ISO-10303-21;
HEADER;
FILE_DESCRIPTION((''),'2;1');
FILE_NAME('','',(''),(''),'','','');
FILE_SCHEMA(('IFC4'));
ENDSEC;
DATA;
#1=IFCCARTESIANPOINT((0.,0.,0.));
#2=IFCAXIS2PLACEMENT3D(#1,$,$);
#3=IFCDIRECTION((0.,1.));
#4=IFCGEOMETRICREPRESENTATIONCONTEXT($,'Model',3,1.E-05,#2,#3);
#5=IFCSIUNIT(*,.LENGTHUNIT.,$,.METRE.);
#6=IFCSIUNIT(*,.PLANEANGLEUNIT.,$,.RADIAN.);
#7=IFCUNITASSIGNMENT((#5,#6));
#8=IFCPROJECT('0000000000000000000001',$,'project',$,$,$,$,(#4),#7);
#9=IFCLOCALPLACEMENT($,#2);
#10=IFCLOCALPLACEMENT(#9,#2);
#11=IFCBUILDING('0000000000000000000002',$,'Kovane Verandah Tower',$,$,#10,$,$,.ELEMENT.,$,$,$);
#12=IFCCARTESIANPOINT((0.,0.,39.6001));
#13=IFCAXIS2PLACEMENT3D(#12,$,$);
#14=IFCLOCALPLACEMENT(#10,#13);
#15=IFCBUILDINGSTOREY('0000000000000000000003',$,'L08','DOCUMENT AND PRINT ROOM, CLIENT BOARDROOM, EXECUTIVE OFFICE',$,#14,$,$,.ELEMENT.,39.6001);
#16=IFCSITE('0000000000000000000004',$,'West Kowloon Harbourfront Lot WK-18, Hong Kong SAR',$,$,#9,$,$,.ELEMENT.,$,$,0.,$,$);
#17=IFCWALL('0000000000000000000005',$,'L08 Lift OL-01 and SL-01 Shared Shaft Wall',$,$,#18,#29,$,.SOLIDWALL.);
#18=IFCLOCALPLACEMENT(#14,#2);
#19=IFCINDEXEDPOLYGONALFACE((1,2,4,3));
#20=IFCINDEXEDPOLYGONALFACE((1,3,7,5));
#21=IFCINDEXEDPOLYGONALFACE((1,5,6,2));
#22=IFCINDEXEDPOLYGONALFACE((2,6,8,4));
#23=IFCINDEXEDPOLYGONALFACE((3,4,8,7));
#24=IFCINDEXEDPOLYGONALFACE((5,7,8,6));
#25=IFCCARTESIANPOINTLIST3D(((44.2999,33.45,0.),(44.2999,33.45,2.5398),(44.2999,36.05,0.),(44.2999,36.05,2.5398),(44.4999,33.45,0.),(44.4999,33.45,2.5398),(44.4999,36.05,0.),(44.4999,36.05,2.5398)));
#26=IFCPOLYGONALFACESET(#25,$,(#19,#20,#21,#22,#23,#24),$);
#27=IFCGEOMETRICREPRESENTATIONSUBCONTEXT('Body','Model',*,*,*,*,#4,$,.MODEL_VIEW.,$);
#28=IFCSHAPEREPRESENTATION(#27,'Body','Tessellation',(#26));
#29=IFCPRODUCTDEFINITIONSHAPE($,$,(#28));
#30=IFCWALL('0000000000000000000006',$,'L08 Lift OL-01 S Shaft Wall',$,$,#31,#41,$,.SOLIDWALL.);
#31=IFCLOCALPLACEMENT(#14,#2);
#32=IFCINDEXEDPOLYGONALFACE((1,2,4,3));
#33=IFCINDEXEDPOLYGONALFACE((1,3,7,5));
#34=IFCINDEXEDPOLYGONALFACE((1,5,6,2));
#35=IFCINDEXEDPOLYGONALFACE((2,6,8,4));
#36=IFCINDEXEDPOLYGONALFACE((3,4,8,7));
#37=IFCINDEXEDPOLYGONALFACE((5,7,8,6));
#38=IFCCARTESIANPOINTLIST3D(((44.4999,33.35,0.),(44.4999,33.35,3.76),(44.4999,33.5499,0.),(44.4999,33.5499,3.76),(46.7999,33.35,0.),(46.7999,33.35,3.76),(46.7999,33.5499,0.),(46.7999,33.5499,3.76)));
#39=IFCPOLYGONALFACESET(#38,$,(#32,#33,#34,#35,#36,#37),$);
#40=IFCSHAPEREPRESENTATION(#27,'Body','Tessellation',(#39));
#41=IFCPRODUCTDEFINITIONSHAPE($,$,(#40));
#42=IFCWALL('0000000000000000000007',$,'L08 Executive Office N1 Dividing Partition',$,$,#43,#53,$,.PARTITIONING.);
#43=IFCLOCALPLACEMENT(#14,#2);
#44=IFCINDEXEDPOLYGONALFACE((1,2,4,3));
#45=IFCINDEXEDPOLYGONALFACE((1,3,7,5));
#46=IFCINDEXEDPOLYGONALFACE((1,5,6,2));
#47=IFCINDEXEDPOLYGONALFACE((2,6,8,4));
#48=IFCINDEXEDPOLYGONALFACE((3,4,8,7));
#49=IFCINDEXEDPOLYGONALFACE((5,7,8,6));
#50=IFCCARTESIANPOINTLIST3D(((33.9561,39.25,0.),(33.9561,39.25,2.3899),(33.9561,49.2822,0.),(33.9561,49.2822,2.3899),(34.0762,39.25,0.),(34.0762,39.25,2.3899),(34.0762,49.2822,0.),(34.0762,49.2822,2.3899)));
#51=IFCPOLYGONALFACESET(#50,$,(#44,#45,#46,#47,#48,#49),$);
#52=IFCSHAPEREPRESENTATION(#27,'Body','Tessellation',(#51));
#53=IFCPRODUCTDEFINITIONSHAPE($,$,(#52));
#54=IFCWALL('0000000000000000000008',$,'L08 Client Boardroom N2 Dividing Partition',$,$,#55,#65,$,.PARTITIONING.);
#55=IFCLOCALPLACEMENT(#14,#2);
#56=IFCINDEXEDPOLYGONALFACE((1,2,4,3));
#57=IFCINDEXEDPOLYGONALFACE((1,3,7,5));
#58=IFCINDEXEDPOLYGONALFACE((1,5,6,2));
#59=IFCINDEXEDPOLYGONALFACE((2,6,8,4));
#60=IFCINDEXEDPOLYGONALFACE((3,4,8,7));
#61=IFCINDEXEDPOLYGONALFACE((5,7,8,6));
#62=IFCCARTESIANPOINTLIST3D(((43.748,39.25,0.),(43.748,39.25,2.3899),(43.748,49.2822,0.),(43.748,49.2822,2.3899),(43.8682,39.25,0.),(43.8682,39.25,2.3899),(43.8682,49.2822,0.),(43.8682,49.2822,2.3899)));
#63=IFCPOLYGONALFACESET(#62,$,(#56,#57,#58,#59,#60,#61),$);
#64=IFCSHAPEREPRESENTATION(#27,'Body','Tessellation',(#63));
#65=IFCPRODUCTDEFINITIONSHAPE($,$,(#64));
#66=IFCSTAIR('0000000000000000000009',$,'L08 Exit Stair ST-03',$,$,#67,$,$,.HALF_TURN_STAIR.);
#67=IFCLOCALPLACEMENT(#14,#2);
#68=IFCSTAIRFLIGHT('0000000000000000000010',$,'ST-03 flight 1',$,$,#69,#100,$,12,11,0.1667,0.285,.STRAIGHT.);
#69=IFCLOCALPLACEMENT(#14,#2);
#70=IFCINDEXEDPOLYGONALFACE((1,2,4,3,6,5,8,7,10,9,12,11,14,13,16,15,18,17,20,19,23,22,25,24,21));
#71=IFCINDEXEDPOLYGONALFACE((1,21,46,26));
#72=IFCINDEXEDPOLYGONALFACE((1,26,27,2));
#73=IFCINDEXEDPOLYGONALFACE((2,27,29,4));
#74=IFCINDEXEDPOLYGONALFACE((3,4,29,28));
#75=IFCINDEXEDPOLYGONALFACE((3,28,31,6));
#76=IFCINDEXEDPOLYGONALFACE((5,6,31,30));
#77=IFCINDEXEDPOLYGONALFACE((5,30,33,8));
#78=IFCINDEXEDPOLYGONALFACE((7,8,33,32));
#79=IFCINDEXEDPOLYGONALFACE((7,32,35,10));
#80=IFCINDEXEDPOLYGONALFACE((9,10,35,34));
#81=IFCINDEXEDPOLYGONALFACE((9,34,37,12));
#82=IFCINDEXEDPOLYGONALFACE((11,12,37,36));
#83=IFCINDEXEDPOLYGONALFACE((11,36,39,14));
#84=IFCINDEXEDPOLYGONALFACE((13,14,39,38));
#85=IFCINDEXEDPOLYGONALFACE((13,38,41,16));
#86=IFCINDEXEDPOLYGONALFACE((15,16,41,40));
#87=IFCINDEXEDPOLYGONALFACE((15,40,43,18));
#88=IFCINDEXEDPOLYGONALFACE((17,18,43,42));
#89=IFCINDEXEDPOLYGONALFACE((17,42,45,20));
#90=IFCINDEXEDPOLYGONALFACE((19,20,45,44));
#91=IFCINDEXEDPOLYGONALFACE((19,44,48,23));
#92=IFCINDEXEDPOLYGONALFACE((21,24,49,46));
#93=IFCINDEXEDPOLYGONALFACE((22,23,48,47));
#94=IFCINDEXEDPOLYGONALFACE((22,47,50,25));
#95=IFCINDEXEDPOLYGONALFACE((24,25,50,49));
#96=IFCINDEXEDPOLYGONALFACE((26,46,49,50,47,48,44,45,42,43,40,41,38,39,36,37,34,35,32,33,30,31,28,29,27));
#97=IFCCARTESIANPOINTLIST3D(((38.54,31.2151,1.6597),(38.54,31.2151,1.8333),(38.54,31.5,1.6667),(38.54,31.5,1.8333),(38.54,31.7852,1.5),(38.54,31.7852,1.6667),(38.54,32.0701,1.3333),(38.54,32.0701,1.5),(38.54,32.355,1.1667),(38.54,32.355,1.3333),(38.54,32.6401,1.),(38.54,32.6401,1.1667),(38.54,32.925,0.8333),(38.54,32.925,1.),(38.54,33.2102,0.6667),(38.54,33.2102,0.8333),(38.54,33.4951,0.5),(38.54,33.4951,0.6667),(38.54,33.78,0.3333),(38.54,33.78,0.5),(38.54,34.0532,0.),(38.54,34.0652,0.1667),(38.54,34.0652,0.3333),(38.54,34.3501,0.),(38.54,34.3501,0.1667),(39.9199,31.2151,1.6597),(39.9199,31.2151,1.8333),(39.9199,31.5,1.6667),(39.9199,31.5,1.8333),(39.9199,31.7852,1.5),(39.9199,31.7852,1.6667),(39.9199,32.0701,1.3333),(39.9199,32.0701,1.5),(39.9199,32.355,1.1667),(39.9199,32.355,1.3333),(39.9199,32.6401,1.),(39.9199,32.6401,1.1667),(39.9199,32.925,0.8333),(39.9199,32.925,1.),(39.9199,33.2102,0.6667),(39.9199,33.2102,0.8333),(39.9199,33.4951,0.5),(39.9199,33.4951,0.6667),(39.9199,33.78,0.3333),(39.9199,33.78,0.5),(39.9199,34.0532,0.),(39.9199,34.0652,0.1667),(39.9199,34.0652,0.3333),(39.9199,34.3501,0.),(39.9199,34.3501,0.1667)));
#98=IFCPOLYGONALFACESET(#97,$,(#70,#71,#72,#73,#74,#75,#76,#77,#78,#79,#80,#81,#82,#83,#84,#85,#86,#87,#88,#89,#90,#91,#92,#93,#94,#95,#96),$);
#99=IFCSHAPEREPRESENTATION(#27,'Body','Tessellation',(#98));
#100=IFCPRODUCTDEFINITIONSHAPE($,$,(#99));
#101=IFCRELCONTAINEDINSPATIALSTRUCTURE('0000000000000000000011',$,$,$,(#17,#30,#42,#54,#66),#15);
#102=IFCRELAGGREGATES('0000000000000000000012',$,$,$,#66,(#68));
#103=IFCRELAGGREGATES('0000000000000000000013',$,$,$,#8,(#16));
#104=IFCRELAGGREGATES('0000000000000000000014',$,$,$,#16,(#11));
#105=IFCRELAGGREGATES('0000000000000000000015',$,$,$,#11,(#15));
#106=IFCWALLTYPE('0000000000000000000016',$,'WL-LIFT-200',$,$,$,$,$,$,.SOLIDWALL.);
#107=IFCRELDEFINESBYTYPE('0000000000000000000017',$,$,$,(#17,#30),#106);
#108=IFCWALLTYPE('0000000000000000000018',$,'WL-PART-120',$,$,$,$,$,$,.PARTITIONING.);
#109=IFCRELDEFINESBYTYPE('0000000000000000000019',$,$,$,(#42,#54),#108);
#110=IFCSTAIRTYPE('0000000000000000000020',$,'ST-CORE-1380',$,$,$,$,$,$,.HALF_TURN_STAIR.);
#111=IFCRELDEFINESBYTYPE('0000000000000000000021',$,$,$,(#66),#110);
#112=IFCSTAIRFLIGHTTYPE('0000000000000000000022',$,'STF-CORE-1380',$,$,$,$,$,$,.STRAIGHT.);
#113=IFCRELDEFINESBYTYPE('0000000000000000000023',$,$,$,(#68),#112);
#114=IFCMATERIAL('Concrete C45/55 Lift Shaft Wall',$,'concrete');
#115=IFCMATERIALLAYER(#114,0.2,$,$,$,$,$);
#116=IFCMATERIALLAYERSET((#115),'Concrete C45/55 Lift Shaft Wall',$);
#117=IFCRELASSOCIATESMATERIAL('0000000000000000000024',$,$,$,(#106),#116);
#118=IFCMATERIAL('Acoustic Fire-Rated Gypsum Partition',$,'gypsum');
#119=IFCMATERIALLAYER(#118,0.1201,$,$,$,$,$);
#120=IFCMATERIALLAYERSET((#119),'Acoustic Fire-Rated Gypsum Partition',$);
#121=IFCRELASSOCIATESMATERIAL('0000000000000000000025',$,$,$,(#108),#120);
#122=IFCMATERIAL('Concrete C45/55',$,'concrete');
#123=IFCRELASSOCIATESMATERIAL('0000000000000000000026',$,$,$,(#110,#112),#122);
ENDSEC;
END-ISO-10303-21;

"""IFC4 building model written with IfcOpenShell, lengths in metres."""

from ifc_helpers import new_model, si_unit, direction, frame, frame_2d, origin, place, context, subcontext, project, spatial, polyline, rectangle, outline, extrude, material, layer, layer_set, type_object, element, aggregate, save


model = new_model("IFC4")

# Units and contexts
model_context = context("Model", 3, precision=1e-05, world=origin(), true_north=direction((0.0, 1.0)))
body_context = subcontext(model_context, "Body", "Model", "MODEL_VIEW")
ifc_project = project(units=[si_unit("LENGTHUNIT", "METRE"), si_unit("PLANEANGLEUNIT", "RADIAN")], contexts=[model_context])

# Site, building, storey
site_placement = place(None, origin())
site = spatial("IfcSite", under=ifc_project, at=site_placement, Name="West Kowloon Harbourfront Lot WK-18, Hong Kong SAR", CompositionType="ELEMENT", RefElevation=0.0)
building_placement = place(site_placement, origin())
building = spatial("IfcBuilding", under=site, at=building_placement, Name="Kovane Verandah Tower", CompositionType="ELEMENT")
storey_placement = place(building_placement, frame((0.0, 0.0, 39.6001)))
storey = spatial("IfcBuildingStorey", under=building, at=storey_placement, Name="L08", Description="DOCUMENT AND PRINT ROOM, CLIENT BOARDROOM, EXECUTIVE OFFICE", CompositionType="ELEMENT", Elevation=39.6001)

# Walls
ifc_material_1 = material(Name="Concrete C45/55 Lift Shaft Wall", Category="concrete")
ifc_layer_1 = layer(ifc_material_1, 0.2)
ifc_layer_set_1 = layer_set([ifc_layer_1], Name="Concrete C45/55 Lift Shaft Wall")
wall_type_1 = type_object("IfcWallType", Name="WL-LIFT-200", PredefinedType="SOLIDWALL", material=ifc_layer_set_1)
for number, where, z_axis, x_axis, name in (
    (1, (44.3999, 33.45, 0.0), (0.0, 0.0, 1.0), (0.0, 1.0, 0.0), "L08 Lift OL-01 and SL-01 Shared Shaft Wall"),
):
    element("IfcWall", number, at=place(storey_placement, frame(where, z_axis=z_axis, x_axis=x_axis)), inside=storey, type_object=wall_type_1, Name=name, PredefinedType="SOLIDWALL", context=body_context, shape_type="SweptSolid", body=[
        extrude(rectangle(XDim=2.6001, YDim=0.2, at=frame_2d((1.3, 0.0))), origin(), (0.0, 0.0, 1.0), 2.5398),
    ])
wall_1_placement = place(storey_placement, frame((44.5, 33.45, 0.0), z_axis=(0.0, 0.0, 1.0), x_axis=(1.0, 0.0, 0.0)))
element("IfcWall", 2, at=wall_1_placement, inside=storey, type_object=wall_type_1, Name="L08 Lift OL-01 S Shaft Wall", PredefinedType="SOLIDWALL", context=body_context, shape_type="SweptSolid", body=[
    extrude(rectangle(XDim=2.3, YDim=0.2, at=frame_2d((1.1499, 0.0))), origin(), (0.0, 0.0, 1.0), 3.76),
])
ifc_material_2 = material(Name="Acoustic Fire-Rated Gypsum Partition", Category="gypsum")
ifc_layer_2 = layer(ifc_material_2, 0.1201)
ifc_layer_set_2 = layer_set([ifc_layer_2], Name="Acoustic Fire-Rated Gypsum Partition")
wall_type_2 = type_object("IfcWallType", Name="WL-PART-120", PredefinedType="PARTITIONING", material=ifc_layer_set_2)
for number, where, z_axis, x_axis, name in (
    (3, (34.0161, 39.25, 0.0), (0.0, 0.0, 1.0), (0.0, 1.0, 0.0), "L08 Executive Office N1 Dividing Partition"),
    (4, (43.8081, 39.25, 0.0), (0.0, 0.0, 1.0), (0.0, 1.0, 0.0), "L08 Client Boardroom N2 Dividing Partition"),
):
    element("IfcWall", number, at=place(storey_placement, frame(where, z_axis=z_axis, x_axis=x_axis)), inside=storey, type_object=wall_type_2, Name=name, PredefinedType="PARTITIONING", context=body_context, shape_type="SweptSolid", body=[
        extrude(rectangle(XDim=10.0322, YDim=0.1201, at=frame_2d((5.0161, 0.0))), origin(), (0.0, 0.0, 1.0), 2.3899),
    ])

# Stair, stair flight
ifc_material_3 = material(Name="Concrete C45/55", Category="concrete")
stair_type = type_object("IfcStairType", Name="ST-CORE-1380", PredefinedType="HALF_TURN_STAIR", material=ifc_material_3)
stair_placement = place(storey_placement, origin())
stair = element("IfcStair", 5, at=stair_placement, inside=storey, type_object=stair_type, Name="L08 Exit Stair ST-03", PredefinedType="HALF_TURN_STAIR")
stair_flight_type = type_object("IfcStairFlightType", Name="STF-CORE-1380", PredefinedType="STRAIGHT", material=ifc_material_3)
stair_flight_placement = place(storey_placement, frame((39.23, 34.3501, 0.0), z_axis=(0.0, 0.0, 1.0), x_axis=(0.0, -1.0, 0.0)))
stair_flight = element("IfcStairFlight", 6, at=stair_flight_placement, type_object=stair_flight_type, Name="ST-03 flight 1", NumberOfRisers=12, NumberOfTreads=11, PredefinedType="STRAIGHT", RiserHeight=0.1667, TreadLength=0.285, context=body_context, shape_type="SweptSolid", body=[
    extrude(outline(polyline([(0.0, 0.0), (0.0, 0.1667), (0.2849, 0.1667), (0.2849, 0.3333), (0.5701, 0.3333), (0.5701, 0.5), (0.855, 0.5), (0.855, 0.6667), (1.1399, 0.6667), (1.1399, 0.8333), (1.425, 0.8333), (1.425, 1.0), (1.71, 1.0), (1.71, 1.1667), (1.9951, 1.1667), (1.9951, 1.3333), (2.28, 1.3333), (2.28, 1.5), (2.5649, 1.5), (2.5649, 1.6667), (2.8501, 1.6667), (2.8501, 1.8333), (3.135, 1.8333), (3.135, 2.0), (3.135, 1.6597), (0.2969, 0.0), (0.0, 0.0)])), frame((0.0, 0.6899, 0.0), z_axis=(0.0, -1.0, 0.0), x_axis=(1.0, 0.0, 0.0)), (0.0, 0.0, 1.0), 1.3799),
])
aggregate(stair, [stair_flight])

save(model, "model.ifc")
